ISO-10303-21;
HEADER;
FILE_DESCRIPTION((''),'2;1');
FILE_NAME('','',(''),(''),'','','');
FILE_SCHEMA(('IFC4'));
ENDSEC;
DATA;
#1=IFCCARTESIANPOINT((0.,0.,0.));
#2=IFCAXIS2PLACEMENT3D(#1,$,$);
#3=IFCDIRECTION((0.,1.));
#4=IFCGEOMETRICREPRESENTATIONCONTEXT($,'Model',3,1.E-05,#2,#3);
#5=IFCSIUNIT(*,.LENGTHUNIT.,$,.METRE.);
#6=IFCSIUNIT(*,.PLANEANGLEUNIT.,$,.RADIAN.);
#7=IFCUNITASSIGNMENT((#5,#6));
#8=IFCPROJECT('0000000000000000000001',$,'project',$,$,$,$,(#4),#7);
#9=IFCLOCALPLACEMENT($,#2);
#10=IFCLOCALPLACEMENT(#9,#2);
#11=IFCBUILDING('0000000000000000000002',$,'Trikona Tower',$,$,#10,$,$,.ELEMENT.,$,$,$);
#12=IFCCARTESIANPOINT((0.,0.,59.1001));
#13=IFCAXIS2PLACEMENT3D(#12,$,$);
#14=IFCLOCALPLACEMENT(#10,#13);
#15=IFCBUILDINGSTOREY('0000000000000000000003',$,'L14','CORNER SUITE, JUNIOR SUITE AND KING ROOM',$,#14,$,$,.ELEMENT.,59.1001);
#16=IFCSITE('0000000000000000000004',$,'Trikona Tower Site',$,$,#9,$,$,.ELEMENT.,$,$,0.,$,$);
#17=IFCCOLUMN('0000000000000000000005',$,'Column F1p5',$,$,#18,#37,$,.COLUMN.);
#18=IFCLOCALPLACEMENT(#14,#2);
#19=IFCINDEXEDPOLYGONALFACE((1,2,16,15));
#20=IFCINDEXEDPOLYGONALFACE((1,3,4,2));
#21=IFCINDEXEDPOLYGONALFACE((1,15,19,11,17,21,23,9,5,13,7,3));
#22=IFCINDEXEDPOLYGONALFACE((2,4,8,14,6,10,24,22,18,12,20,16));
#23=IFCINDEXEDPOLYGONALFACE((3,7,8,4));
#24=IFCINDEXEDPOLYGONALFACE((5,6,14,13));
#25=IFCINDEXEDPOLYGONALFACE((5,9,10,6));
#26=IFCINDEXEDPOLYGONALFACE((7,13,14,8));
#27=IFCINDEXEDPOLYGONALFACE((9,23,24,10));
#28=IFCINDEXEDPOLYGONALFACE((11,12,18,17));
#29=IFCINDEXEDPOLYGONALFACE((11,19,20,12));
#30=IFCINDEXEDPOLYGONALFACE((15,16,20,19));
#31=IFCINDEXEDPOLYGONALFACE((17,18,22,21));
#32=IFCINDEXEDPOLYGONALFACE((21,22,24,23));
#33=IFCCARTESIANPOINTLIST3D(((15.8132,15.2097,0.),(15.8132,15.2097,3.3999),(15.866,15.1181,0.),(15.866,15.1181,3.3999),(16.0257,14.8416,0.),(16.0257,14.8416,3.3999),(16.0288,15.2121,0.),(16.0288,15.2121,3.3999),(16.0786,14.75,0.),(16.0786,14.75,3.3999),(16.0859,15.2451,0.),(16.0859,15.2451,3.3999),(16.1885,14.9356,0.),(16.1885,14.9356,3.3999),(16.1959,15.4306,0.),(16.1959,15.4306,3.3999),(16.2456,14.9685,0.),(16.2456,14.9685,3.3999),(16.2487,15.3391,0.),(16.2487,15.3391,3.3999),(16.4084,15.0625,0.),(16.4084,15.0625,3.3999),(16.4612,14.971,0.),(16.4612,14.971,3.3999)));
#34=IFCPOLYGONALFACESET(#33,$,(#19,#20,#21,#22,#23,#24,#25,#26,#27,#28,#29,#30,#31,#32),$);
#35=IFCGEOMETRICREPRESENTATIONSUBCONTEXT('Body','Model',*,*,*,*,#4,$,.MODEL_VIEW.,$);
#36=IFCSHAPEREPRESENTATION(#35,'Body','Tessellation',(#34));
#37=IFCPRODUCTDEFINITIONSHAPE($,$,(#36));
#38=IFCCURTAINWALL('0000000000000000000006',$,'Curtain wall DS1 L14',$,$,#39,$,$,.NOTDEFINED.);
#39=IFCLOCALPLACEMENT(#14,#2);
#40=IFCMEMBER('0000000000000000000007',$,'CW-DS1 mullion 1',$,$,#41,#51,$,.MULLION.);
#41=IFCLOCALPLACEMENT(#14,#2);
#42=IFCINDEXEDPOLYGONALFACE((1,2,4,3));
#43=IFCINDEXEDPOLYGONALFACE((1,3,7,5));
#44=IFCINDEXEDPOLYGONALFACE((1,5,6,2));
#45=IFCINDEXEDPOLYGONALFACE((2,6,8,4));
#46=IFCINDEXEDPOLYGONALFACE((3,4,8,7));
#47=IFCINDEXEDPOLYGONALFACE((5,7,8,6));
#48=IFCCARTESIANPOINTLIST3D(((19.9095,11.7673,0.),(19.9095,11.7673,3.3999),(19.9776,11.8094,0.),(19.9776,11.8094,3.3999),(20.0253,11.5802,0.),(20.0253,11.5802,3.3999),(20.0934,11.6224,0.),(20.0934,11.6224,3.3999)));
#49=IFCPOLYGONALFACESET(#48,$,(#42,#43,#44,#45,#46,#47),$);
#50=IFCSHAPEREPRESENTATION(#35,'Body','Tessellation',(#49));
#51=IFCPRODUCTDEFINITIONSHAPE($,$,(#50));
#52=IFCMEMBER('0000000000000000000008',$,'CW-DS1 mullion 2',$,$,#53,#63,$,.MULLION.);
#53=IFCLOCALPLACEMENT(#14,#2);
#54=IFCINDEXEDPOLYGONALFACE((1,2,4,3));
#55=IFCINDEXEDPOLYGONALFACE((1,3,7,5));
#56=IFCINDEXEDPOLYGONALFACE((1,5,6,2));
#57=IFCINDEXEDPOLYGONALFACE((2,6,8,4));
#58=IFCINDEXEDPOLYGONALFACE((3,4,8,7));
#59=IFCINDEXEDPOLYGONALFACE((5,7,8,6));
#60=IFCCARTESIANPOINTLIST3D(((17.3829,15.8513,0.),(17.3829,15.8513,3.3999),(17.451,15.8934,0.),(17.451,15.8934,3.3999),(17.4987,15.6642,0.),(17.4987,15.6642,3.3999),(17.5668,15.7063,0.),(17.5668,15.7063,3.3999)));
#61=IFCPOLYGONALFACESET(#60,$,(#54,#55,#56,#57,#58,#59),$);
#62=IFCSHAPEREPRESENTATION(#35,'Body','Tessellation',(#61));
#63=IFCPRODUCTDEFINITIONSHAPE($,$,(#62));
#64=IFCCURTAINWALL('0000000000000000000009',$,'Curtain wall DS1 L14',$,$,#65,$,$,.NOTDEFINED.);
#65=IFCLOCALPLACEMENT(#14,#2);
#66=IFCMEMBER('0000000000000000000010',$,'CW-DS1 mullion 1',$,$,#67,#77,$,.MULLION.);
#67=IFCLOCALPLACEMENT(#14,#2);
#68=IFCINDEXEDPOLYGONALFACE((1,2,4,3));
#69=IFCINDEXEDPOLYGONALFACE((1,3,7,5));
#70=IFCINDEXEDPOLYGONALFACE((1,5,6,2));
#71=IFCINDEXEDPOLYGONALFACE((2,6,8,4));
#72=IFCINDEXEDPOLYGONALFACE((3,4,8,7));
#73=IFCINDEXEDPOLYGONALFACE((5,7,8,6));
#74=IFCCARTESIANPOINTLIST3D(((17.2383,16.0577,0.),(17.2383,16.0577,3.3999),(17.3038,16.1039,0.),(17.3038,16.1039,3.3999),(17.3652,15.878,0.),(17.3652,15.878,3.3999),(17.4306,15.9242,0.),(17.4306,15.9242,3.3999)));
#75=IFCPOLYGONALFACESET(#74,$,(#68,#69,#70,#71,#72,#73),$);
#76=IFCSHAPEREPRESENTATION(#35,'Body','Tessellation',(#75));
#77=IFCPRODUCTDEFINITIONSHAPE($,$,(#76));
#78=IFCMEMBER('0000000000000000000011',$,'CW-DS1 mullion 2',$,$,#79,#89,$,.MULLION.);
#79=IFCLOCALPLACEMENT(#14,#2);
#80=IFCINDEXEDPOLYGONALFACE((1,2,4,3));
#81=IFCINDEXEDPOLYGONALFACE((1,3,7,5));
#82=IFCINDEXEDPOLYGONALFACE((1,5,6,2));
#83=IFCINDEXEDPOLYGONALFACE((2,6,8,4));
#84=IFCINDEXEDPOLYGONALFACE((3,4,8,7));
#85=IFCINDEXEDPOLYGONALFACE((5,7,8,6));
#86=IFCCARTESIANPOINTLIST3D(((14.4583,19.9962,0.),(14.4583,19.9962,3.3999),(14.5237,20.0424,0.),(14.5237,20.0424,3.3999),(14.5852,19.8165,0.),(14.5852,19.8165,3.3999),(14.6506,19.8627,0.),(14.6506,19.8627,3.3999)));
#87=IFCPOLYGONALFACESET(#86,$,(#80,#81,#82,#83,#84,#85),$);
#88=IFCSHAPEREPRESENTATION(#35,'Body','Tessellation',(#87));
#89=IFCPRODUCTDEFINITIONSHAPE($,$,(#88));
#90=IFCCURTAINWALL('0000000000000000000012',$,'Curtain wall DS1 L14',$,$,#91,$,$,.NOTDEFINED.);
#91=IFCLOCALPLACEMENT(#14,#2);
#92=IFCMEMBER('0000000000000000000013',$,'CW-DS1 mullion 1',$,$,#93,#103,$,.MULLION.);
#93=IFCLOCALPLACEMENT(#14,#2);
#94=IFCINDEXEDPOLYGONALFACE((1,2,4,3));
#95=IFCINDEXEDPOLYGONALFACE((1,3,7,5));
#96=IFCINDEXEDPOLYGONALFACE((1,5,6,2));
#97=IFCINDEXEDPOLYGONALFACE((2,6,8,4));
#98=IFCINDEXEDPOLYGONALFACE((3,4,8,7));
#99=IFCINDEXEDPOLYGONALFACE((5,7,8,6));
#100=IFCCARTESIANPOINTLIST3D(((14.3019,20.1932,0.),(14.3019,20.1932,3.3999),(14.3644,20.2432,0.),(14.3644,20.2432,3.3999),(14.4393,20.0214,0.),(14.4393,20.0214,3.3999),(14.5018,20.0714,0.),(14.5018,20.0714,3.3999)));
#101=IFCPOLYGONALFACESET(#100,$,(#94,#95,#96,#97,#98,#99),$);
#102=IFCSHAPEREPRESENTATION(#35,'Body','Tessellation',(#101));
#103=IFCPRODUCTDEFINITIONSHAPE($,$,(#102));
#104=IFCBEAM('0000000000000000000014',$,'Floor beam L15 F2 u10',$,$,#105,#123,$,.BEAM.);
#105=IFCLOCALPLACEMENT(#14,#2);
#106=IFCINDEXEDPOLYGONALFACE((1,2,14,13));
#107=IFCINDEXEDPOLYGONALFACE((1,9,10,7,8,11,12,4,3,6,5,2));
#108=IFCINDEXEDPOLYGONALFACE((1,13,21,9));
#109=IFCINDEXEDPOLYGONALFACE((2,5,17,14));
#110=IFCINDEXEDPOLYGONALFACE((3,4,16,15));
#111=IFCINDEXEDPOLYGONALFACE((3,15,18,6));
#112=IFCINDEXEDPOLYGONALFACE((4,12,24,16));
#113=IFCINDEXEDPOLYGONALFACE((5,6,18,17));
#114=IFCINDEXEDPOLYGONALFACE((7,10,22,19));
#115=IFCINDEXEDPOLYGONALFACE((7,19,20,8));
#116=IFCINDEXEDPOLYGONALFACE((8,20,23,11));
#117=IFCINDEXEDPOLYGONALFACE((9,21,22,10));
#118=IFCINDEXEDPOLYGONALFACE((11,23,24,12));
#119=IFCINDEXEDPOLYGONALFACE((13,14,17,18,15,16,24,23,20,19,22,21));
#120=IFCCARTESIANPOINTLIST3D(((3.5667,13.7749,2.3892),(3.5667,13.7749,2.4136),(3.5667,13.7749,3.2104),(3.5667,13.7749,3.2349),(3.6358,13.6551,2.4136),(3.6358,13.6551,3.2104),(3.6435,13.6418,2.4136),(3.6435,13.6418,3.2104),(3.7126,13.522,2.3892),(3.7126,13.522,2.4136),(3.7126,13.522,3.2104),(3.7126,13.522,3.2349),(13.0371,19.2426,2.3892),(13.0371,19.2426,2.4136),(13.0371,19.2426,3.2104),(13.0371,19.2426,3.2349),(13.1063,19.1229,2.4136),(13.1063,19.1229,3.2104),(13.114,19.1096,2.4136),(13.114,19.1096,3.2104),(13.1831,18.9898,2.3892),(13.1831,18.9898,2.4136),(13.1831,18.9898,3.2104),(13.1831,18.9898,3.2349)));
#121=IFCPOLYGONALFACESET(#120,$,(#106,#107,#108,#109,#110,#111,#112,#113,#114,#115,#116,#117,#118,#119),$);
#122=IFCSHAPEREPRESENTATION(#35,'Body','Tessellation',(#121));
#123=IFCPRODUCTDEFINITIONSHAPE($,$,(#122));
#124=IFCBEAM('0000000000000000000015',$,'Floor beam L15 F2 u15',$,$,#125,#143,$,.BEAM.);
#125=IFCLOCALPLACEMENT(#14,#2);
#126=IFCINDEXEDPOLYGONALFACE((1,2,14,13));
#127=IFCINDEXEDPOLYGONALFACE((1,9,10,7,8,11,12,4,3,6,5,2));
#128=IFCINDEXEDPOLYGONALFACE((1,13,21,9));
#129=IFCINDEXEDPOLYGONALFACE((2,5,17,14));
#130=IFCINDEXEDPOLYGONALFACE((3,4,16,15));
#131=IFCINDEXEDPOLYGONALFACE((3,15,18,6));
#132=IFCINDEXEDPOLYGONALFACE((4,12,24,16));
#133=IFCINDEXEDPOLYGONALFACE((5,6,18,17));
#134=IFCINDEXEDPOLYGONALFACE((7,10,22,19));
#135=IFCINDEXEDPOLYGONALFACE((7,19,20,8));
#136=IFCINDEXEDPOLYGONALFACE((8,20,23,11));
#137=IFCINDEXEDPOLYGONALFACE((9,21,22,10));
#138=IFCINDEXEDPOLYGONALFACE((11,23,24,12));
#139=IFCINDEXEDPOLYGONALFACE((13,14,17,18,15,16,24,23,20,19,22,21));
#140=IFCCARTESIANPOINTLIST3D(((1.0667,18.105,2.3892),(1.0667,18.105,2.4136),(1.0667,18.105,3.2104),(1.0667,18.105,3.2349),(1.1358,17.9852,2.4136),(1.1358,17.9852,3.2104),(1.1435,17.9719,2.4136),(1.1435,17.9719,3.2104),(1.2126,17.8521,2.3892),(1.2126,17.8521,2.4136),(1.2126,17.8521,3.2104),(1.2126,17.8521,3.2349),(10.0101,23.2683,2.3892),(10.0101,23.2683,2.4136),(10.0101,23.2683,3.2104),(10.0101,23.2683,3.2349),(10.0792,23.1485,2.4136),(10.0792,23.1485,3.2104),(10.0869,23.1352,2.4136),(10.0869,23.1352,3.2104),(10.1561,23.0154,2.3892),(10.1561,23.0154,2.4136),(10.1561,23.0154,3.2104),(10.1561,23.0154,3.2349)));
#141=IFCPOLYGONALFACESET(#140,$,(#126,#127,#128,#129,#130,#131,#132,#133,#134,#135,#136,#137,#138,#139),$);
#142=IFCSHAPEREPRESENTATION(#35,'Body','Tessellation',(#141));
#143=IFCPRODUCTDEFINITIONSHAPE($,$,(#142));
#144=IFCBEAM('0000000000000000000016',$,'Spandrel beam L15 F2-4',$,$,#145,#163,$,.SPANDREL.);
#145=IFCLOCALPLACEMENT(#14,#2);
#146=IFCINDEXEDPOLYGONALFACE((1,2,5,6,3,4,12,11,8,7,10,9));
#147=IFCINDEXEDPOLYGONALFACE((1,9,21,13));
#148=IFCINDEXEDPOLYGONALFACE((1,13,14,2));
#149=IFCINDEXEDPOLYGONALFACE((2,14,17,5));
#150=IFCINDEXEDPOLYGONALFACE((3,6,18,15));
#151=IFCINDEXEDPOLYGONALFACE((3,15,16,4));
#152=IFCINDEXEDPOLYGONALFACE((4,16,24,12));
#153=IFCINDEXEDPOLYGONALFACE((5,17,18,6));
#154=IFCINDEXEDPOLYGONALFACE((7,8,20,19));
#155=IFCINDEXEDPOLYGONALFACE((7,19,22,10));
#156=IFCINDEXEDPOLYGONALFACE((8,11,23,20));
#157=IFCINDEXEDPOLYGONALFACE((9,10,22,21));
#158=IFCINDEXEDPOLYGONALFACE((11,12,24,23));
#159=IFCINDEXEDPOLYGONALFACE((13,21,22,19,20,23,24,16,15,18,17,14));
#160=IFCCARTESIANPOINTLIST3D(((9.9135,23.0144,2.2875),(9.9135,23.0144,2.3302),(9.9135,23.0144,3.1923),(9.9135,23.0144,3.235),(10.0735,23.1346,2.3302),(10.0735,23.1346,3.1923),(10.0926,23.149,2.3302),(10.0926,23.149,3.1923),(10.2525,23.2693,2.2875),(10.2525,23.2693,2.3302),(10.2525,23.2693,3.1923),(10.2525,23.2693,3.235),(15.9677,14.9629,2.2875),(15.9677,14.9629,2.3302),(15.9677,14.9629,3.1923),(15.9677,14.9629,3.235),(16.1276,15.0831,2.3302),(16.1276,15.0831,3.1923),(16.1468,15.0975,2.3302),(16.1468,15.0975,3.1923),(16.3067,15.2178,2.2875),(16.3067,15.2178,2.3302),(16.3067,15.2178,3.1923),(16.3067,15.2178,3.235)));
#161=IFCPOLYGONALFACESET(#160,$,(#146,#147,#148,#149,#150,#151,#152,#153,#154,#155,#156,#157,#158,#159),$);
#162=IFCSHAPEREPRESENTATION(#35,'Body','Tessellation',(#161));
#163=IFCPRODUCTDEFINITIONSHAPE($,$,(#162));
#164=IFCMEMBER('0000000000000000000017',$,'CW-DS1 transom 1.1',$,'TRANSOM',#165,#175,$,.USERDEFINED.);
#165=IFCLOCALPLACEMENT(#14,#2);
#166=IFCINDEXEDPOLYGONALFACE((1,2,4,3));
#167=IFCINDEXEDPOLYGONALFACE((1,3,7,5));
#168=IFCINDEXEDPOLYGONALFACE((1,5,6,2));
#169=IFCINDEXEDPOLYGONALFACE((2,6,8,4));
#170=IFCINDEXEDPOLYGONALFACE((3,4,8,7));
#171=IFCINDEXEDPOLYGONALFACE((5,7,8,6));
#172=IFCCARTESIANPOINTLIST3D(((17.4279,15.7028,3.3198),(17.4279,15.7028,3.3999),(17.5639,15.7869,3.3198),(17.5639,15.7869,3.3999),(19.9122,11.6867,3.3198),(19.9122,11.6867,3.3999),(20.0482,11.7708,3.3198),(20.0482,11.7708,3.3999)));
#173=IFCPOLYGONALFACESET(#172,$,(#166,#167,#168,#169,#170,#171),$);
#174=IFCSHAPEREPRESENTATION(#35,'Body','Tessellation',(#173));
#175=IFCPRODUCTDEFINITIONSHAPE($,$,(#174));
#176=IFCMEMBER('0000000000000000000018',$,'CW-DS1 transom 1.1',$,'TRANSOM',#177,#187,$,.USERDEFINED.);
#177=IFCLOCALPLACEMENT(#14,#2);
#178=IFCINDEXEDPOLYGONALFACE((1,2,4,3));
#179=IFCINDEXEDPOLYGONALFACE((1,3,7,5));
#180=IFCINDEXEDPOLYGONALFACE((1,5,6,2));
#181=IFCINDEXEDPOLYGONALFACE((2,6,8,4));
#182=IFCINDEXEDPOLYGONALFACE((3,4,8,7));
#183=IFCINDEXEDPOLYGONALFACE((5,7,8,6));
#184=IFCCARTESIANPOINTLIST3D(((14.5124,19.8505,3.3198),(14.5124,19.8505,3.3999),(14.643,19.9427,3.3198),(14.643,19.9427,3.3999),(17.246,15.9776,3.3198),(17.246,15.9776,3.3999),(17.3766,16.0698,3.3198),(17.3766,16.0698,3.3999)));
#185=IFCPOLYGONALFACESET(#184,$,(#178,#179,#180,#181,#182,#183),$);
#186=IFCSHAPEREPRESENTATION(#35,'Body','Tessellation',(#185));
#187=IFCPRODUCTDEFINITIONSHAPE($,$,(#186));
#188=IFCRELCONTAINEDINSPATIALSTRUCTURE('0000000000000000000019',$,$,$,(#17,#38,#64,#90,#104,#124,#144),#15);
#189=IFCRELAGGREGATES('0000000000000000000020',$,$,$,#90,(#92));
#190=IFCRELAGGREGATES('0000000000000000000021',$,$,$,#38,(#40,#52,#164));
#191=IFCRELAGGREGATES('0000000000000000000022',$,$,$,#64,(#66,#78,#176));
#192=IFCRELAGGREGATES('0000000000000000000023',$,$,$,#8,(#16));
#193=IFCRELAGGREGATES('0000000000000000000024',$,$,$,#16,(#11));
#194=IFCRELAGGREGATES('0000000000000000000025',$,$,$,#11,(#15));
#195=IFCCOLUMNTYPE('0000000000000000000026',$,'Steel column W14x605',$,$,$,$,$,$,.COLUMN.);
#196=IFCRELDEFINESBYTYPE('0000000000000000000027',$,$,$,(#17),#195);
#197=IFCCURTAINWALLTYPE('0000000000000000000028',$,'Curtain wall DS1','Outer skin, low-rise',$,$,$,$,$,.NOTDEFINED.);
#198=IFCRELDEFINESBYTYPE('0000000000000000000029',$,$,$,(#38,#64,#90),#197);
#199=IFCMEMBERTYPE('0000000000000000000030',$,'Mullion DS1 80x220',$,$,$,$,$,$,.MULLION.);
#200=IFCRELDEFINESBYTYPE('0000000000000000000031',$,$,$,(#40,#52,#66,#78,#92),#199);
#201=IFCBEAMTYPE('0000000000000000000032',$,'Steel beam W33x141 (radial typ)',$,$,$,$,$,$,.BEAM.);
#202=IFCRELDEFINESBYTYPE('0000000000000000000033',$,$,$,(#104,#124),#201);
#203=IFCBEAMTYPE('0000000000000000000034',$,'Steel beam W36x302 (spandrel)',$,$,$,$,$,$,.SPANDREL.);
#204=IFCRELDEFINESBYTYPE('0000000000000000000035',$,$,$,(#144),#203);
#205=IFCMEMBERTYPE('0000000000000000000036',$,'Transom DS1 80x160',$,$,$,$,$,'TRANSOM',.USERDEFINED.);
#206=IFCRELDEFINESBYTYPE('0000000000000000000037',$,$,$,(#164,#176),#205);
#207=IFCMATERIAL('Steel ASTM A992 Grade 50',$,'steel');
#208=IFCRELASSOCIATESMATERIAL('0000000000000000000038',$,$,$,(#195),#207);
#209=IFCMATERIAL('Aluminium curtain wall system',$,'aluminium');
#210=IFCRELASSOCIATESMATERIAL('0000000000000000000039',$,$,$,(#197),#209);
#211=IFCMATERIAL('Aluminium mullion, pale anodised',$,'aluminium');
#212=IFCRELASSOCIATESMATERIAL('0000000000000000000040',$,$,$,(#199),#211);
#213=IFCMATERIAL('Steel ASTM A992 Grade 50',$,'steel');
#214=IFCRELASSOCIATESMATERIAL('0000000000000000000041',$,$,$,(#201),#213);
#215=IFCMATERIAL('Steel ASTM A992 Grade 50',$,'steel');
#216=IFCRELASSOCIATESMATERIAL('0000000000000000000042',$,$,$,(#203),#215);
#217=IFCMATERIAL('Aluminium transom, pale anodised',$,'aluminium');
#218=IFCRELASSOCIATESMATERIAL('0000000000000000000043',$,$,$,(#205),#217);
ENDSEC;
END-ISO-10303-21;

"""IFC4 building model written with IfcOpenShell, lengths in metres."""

from ifc_helpers import new_model, si_unit, direction, frame, origin, origin_2d, place, context, subcontext, project, spatial, rectangle, i_section, extrude, material, material_profile, profile_set, type_object, element, aggregate, save


model = new_model("IFC4")

# Units and contexts
model_context = context("Model", 3, precision=1e-05, world=origin(), true_north=direction((0.0, 1.0)))
body_context = subcontext(model_context, "Body", "Model", "MODEL_VIEW")
ifc_project = project(units=[si_unit("LENGTHUNIT", "METRE"), si_unit("PLANEANGLEUNIT", "RADIAN")], contexts=[model_context])

# Site, building, storey
site_placement = place(None, origin())
site = spatial("IfcSite", under=ifc_project, at=site_placement, Name="Trikona Tower Site", CompositionType="ELEMENT", RefElevation=0.0)
building_placement = place(site_placement, origin())
building = spatial("IfcBuilding", under=site, at=building_placement, Name="Trikona Tower", CompositionType="ELEMENT")
storey_placement = place(building_placement, frame((0.0, 0.0, 59.1001)))
storey = spatial("IfcBuildingStorey", under=building, at=storey_placement, Name="L14", Description="CORNER SUITE, JUNIOR SUITE AND KING ROOM", CompositionType="ELEMENT", Elevation=59.1001)

# Column
ifc_material_1 = material(Name="Steel ASTM A992 Grade 50", Category="steel")
ifc_material_profile_1 = material_profile(ifc_material_1, i_section(OverallWidth=0.4419, OverallDepth=0.5308, WebThickness=0.0659, FlangeThickness=0.1057, at=origin_2d()), Name="W14X605")
ifc_profile_set_1 = profile_set([ifc_material_profile_1], Name="Steel ASTM A992 Grade 50")
column_type = type_object("IfcColumnType", Name="Steel column W14x605", PredefinedType="COLUMN", material=ifc_profile_set_1)
column_placement = place(storey_placement, frame((16.1372, 15.0903, 0.0), z_axis=(0.0, 0.0, 1.0), x_axis=(0.866025, 0.5, 0.0)))
element("IfcColumn", 1, at=column_placement, inside=storey, type_object=column_type, Name="Column F1p5", PredefinedType="COLUMN", context=body_context, shape_type="SweptSolid", body=[
    extrude(i_section(OverallWidth=0.4419, OverallDepth=0.5308, WebThickness=0.0659, FlangeThickness=0.1057, at=origin_2d()), origin(), (0.0, 0.0, 1.0), 3.3999),
])

# Curtain walls, members
ifc_material_2 = material(Name="Aluminium curtain wall system", Category="aluminium")
curtain_wall_type = type_object("IfcCurtainWallType", Name="Curtain wall DS1", Description="Outer skin, low-rise", PredefinedType="NOTDEFINED", material=ifc_material_2)
curtain_wall_1_placement = place(storey_placement, origin())
curtain_wall_1 = element("IfcCurtainWall", 2, at=curtain_wall_1_placement, inside=storey, type_object=curtain_wall_type, Name="Curtain wall DS1 L14", PredefinedType="NOTDEFINED")
ifc_material_3 = material(Name="Aluminium mullion, pale anodised", Category="aluminium")
ifc_material_profile_2 = material_profile(ifc_material_3, rectangle(XDim=0.0801, YDim=0.22, at=origin_2d()), Name="MUL-DS1")
ifc_profile_set_2 = profile_set([ifc_material_profile_2], Name="Aluminium mullion, pale anodised")
member_type_1 = type_object("IfcMemberType", Name="Mullion DS1 80x220", PredefinedType="MULLION", material=ifc_profile_set_2)
member_1_placement = place(storey_placement, frame((20.0015, 11.6948, 0.0), z_axis=(0.0, 0.0, 1.0), x_axis=(-0.85041, -0.52612, 0.0)))
member_1 = element("IfcMember", 3, at=member_1_placement, type_object=member_type_1, Name="CW-DS1 mullion 1", PredefinedType="MULLION", context=body_context, shape_type="SweptSolid", body=[
    extrude(rectangle(XDim=0.0801, YDim=0.22, at=origin_2d()), origin(), (0.0, 0.0, 1.0), 3.3999),
])
member_2_placement = place(storey_placement, frame((17.4749, 15.7788, 0.0), z_axis=(0.0, 0.0, 1.0), x_axis=(-0.85041, -0.52612, 0.0)))
member_2 = element("IfcMember", 4, at=member_2_placement, type_object=member_type_1, Name="CW-DS1 mullion 2", PredefinedType="MULLION", context=body_context, shape_type="SweptSolid", body=[
    extrude(rectangle(XDim=0.0801, YDim=0.22, at=origin_2d()), origin(), (0.0, 0.0, 1.0), 3.3999),
])
curtain_wall_2_placement = place(storey_placement, origin())
curtain_wall_2 = element("IfcCurtainWall", 5, at=curtain_wall_2_placement, inside=storey, type_object=curtain_wall_type, Name="Curtain wall DS1 L14", PredefinedType="NOTDEFINED")
member_3_placement = place(storey_placement, frame((17.3345, 15.991, 0.0), z_axis=(0.0, 0.0, 1.0), x_axis=(-0.816985, -0.576658, 0.0)))
member_3 = element("IfcMember", 6, at=member_3_placement, type_object=member_type_1, Name="CW-DS1 mullion 1", PredefinedType="MULLION", context=body_context, shape_type="SweptSolid", body=[
    extrude(rectangle(XDim=0.0801, YDim=0.22, at=origin_2d()), origin(), (0.0, 0.0, 1.0), 3.3999),
])
member_4_placement = place(storey_placement, frame((14.5544, 19.9294, 0.0), z_axis=(0.0, 0.0, 1.0), x_axis=(-0.816985, -0.576658, 0.0)))
member_4 = element("IfcMember", 7, at=member_4_placement, type_object=member_type_1, Name="CW-DS1 mullion 2", PredefinedType="MULLION", context=body_context, shape_type="SweptSolid", body=[
    extrude(rectangle(XDim=0.0801, YDim=0.22, at=origin_2d()), origin(), (0.0, 0.0, 1.0), 3.3999),
])

# Curtain wall, member
curtain_wall_3_placement = place(storey_placement, origin())
curtain_wall_3 = element("IfcCurtainWall", 8, at=curtain_wall_3_placement, inside=storey, type_object=curtain_wall_type, Name="Curtain wall DS1 L14", PredefinedType="NOTDEFINED")
member_5_placement = place(storey_placement, frame((14.4019, 20.1323, 0.0), z_axis=(0.0, 0.0, 1.0), x_axis=(-0.780938, -0.624609, 0.0)))
member_5 = element("IfcMember", 9, at=member_5_placement, type_object=member_type_1, Name="CW-DS1 mullion 1", PredefinedType="MULLION", context=body_context, shape_type="SweptSolid", body=[
    extrude(rectangle(XDim=0.0801, YDim=0.22, at=origin_2d()), origin(), (0.0, 0.0, 1.0), 3.3999),
])

# Beams
ifc_material_4 = material(Name="Steel ASTM A992 Grade 50", Category="steel")
ifc_material_profile_3 = material_profile(ifc_material_4, i_section(OverallWidth=0.292, OverallDepth=0.8457, WebThickness=0.0154, FlangeThickness=0.0244, at=origin_2d()), Name="W33X141")
ifc_profile_set_3 = profile_set([ifc_material_profile_3], Name="Steel ASTM A992 Grade 50")
beam_type_1 = type_object("IfcBeamType", Name="Steel beam W33x141 (radial typ)", PredefinedType="BEAM", material=ifc_profile_set_3)
beam_1_placement = place(storey_placement, frame((3.6396, 13.6484, 2.812), z_axis=(0.866025, 0.5, 0.0), x_axis=(-0.5, 0.866025, 0.0)))
element("IfcBeam", 10, at=beam_1_placement, inside=storey, type_object=beam_type_1, Name="Floor beam L15 F2 u10", PredefinedType="BEAM", context=body_context, shape_type="SweptSolid", body=[
    extrude(i_section(OverallWidth=0.292, OverallDepth=0.8457, WebThickness=0.0154, FlangeThickness=0.0244, at=origin_2d()), origin(), (0.0, 0.0, 1.0), 10.9355),
])
beam_2_placement = place(storey_placement, frame((1.1396, 17.9785, 2.812), z_axis=(0.86603, 0.499991, 0.0), x_axis=(-0.499991, 0.86603, 0.0)))
element("IfcBeam", 11, at=beam_2_placement, inside=storey, type_object=beam_type_1, Name="Floor beam L15 F2 u15", PredefinedType="BEAM", context=body_context, shape_type="SweptSolid", body=[
    extrude(i_section(OverallWidth=0.292, OverallDepth=0.8457, WebThickness=0.0154, FlangeThickness=0.0244, at=origin_2d()), origin(), (0.0, 0.0, 1.0), 10.3269),
])
ifc_material_5 = material(Name="Steel ASTM A992 Grade 50", Category="steel")
ifc_material_profile_4 = material_profile(ifc_material_5, i_section(OverallWidth=0.4241, OverallDepth=0.9475, WebThickness=0.0239, FlangeThickness=0.0427, at=origin_2d()), Name="W36X302")
ifc_profile_set_4 = profile_set([ifc_material_profile_4], Name="Steel ASTM A992 Grade 50")
beam_type_2 = type_object("IfcBeamType", Name="Steel beam W36x302 (spandrel)", PredefinedType="SPANDREL", material=ifc_profile_set_4)
beam_3_placement = place(storey_placement, frame((16.1372, 15.0903, 2.7612), z_axis=(-0.600988, 0.799258, 0.0), x_axis=(-0.799258, -0.600988, 0.0)))
element("IfcBeam", 12, at=beam_3_placement, inside=storey, type_object=beam_type_2, Name="Spandrel beam L15 F2-4", PredefinedType="SPANDREL", context=body_context, shape_type="SweptSolid", body=[
    extrude(i_section(OverallWidth=0.4241, OverallDepth=0.9475, WebThickness=0.0239, FlangeThickness=0.0427, at=origin_2d()), origin(), (0.0, 0.0, 1.0), 10.0737),
])

# Members
ifc_material_6 = material(Name="Aluminium transom, pale anodised", Category="aluminium")
ifc_material_profile_5 = material_profile(ifc_material_6, rectangle(XDim=0.1599, YDim=0.0801, at=origin_2d()), Name="TRN-DS1")
ifc_profile_set_5 = profile_set([ifc_material_profile_5], Name="Aluminium transom, pale anodised")
member_type_2 = type_object("IfcMemberType", Name="Transom DS1 80x160", ElementType="TRANSOM", PredefinedType="USERDEFINED", material=ifc_profile_set_5)
member_6_placement = place(storey_placement, frame((19.9802, 11.7288, 3.3599), z_axis=(-0.526081, 0.850435, 0.0), x_axis=(-0.850435, -0.526081, 0.0)))
member_6 = element("IfcMember", 13, at=member_6_placement, type_object=member_type_2, Name="CW-DS1 transom 1.1", ObjectType="TRANSOM", PredefinedType="USERDEFINED", context=body_context, shape_type="SweptSolid", body=[
    extrude(rectangle(XDim=0.1599, YDim=0.0801, at=origin_2d()), origin(), (0.0, 0.0, 1.0), 4.7224),
])
member_7_placement = place(storey_placement, frame((17.3113, 16.0237, 3.3599), z_axis=(-0.576645, 0.816995, 0.0), x_axis=(-0.816995, -0.576645, 0.0)))
member_7 = element("IfcMember", 14, at=member_7_placement, type_object=member_type_2, Name="CW-DS1 transom 1.1", ObjectType="TRANSOM", PredefinedType="USERDEFINED", context=body_context, shape_type="SweptSolid", body=[
    extrude(rectangle(XDim=0.1599, YDim=0.0801, at=origin_2d()), origin(), (0.0, 0.0, 1.0), 4.7405),
])
aggregate(curtain_wall_3, [member_5])

aggregate(curtain_wall_1, [member_1, member_2, member_6])
aggregate(curtain_wall_2, [member_3, member_4, member_7])

save(model, "model.ifc")
